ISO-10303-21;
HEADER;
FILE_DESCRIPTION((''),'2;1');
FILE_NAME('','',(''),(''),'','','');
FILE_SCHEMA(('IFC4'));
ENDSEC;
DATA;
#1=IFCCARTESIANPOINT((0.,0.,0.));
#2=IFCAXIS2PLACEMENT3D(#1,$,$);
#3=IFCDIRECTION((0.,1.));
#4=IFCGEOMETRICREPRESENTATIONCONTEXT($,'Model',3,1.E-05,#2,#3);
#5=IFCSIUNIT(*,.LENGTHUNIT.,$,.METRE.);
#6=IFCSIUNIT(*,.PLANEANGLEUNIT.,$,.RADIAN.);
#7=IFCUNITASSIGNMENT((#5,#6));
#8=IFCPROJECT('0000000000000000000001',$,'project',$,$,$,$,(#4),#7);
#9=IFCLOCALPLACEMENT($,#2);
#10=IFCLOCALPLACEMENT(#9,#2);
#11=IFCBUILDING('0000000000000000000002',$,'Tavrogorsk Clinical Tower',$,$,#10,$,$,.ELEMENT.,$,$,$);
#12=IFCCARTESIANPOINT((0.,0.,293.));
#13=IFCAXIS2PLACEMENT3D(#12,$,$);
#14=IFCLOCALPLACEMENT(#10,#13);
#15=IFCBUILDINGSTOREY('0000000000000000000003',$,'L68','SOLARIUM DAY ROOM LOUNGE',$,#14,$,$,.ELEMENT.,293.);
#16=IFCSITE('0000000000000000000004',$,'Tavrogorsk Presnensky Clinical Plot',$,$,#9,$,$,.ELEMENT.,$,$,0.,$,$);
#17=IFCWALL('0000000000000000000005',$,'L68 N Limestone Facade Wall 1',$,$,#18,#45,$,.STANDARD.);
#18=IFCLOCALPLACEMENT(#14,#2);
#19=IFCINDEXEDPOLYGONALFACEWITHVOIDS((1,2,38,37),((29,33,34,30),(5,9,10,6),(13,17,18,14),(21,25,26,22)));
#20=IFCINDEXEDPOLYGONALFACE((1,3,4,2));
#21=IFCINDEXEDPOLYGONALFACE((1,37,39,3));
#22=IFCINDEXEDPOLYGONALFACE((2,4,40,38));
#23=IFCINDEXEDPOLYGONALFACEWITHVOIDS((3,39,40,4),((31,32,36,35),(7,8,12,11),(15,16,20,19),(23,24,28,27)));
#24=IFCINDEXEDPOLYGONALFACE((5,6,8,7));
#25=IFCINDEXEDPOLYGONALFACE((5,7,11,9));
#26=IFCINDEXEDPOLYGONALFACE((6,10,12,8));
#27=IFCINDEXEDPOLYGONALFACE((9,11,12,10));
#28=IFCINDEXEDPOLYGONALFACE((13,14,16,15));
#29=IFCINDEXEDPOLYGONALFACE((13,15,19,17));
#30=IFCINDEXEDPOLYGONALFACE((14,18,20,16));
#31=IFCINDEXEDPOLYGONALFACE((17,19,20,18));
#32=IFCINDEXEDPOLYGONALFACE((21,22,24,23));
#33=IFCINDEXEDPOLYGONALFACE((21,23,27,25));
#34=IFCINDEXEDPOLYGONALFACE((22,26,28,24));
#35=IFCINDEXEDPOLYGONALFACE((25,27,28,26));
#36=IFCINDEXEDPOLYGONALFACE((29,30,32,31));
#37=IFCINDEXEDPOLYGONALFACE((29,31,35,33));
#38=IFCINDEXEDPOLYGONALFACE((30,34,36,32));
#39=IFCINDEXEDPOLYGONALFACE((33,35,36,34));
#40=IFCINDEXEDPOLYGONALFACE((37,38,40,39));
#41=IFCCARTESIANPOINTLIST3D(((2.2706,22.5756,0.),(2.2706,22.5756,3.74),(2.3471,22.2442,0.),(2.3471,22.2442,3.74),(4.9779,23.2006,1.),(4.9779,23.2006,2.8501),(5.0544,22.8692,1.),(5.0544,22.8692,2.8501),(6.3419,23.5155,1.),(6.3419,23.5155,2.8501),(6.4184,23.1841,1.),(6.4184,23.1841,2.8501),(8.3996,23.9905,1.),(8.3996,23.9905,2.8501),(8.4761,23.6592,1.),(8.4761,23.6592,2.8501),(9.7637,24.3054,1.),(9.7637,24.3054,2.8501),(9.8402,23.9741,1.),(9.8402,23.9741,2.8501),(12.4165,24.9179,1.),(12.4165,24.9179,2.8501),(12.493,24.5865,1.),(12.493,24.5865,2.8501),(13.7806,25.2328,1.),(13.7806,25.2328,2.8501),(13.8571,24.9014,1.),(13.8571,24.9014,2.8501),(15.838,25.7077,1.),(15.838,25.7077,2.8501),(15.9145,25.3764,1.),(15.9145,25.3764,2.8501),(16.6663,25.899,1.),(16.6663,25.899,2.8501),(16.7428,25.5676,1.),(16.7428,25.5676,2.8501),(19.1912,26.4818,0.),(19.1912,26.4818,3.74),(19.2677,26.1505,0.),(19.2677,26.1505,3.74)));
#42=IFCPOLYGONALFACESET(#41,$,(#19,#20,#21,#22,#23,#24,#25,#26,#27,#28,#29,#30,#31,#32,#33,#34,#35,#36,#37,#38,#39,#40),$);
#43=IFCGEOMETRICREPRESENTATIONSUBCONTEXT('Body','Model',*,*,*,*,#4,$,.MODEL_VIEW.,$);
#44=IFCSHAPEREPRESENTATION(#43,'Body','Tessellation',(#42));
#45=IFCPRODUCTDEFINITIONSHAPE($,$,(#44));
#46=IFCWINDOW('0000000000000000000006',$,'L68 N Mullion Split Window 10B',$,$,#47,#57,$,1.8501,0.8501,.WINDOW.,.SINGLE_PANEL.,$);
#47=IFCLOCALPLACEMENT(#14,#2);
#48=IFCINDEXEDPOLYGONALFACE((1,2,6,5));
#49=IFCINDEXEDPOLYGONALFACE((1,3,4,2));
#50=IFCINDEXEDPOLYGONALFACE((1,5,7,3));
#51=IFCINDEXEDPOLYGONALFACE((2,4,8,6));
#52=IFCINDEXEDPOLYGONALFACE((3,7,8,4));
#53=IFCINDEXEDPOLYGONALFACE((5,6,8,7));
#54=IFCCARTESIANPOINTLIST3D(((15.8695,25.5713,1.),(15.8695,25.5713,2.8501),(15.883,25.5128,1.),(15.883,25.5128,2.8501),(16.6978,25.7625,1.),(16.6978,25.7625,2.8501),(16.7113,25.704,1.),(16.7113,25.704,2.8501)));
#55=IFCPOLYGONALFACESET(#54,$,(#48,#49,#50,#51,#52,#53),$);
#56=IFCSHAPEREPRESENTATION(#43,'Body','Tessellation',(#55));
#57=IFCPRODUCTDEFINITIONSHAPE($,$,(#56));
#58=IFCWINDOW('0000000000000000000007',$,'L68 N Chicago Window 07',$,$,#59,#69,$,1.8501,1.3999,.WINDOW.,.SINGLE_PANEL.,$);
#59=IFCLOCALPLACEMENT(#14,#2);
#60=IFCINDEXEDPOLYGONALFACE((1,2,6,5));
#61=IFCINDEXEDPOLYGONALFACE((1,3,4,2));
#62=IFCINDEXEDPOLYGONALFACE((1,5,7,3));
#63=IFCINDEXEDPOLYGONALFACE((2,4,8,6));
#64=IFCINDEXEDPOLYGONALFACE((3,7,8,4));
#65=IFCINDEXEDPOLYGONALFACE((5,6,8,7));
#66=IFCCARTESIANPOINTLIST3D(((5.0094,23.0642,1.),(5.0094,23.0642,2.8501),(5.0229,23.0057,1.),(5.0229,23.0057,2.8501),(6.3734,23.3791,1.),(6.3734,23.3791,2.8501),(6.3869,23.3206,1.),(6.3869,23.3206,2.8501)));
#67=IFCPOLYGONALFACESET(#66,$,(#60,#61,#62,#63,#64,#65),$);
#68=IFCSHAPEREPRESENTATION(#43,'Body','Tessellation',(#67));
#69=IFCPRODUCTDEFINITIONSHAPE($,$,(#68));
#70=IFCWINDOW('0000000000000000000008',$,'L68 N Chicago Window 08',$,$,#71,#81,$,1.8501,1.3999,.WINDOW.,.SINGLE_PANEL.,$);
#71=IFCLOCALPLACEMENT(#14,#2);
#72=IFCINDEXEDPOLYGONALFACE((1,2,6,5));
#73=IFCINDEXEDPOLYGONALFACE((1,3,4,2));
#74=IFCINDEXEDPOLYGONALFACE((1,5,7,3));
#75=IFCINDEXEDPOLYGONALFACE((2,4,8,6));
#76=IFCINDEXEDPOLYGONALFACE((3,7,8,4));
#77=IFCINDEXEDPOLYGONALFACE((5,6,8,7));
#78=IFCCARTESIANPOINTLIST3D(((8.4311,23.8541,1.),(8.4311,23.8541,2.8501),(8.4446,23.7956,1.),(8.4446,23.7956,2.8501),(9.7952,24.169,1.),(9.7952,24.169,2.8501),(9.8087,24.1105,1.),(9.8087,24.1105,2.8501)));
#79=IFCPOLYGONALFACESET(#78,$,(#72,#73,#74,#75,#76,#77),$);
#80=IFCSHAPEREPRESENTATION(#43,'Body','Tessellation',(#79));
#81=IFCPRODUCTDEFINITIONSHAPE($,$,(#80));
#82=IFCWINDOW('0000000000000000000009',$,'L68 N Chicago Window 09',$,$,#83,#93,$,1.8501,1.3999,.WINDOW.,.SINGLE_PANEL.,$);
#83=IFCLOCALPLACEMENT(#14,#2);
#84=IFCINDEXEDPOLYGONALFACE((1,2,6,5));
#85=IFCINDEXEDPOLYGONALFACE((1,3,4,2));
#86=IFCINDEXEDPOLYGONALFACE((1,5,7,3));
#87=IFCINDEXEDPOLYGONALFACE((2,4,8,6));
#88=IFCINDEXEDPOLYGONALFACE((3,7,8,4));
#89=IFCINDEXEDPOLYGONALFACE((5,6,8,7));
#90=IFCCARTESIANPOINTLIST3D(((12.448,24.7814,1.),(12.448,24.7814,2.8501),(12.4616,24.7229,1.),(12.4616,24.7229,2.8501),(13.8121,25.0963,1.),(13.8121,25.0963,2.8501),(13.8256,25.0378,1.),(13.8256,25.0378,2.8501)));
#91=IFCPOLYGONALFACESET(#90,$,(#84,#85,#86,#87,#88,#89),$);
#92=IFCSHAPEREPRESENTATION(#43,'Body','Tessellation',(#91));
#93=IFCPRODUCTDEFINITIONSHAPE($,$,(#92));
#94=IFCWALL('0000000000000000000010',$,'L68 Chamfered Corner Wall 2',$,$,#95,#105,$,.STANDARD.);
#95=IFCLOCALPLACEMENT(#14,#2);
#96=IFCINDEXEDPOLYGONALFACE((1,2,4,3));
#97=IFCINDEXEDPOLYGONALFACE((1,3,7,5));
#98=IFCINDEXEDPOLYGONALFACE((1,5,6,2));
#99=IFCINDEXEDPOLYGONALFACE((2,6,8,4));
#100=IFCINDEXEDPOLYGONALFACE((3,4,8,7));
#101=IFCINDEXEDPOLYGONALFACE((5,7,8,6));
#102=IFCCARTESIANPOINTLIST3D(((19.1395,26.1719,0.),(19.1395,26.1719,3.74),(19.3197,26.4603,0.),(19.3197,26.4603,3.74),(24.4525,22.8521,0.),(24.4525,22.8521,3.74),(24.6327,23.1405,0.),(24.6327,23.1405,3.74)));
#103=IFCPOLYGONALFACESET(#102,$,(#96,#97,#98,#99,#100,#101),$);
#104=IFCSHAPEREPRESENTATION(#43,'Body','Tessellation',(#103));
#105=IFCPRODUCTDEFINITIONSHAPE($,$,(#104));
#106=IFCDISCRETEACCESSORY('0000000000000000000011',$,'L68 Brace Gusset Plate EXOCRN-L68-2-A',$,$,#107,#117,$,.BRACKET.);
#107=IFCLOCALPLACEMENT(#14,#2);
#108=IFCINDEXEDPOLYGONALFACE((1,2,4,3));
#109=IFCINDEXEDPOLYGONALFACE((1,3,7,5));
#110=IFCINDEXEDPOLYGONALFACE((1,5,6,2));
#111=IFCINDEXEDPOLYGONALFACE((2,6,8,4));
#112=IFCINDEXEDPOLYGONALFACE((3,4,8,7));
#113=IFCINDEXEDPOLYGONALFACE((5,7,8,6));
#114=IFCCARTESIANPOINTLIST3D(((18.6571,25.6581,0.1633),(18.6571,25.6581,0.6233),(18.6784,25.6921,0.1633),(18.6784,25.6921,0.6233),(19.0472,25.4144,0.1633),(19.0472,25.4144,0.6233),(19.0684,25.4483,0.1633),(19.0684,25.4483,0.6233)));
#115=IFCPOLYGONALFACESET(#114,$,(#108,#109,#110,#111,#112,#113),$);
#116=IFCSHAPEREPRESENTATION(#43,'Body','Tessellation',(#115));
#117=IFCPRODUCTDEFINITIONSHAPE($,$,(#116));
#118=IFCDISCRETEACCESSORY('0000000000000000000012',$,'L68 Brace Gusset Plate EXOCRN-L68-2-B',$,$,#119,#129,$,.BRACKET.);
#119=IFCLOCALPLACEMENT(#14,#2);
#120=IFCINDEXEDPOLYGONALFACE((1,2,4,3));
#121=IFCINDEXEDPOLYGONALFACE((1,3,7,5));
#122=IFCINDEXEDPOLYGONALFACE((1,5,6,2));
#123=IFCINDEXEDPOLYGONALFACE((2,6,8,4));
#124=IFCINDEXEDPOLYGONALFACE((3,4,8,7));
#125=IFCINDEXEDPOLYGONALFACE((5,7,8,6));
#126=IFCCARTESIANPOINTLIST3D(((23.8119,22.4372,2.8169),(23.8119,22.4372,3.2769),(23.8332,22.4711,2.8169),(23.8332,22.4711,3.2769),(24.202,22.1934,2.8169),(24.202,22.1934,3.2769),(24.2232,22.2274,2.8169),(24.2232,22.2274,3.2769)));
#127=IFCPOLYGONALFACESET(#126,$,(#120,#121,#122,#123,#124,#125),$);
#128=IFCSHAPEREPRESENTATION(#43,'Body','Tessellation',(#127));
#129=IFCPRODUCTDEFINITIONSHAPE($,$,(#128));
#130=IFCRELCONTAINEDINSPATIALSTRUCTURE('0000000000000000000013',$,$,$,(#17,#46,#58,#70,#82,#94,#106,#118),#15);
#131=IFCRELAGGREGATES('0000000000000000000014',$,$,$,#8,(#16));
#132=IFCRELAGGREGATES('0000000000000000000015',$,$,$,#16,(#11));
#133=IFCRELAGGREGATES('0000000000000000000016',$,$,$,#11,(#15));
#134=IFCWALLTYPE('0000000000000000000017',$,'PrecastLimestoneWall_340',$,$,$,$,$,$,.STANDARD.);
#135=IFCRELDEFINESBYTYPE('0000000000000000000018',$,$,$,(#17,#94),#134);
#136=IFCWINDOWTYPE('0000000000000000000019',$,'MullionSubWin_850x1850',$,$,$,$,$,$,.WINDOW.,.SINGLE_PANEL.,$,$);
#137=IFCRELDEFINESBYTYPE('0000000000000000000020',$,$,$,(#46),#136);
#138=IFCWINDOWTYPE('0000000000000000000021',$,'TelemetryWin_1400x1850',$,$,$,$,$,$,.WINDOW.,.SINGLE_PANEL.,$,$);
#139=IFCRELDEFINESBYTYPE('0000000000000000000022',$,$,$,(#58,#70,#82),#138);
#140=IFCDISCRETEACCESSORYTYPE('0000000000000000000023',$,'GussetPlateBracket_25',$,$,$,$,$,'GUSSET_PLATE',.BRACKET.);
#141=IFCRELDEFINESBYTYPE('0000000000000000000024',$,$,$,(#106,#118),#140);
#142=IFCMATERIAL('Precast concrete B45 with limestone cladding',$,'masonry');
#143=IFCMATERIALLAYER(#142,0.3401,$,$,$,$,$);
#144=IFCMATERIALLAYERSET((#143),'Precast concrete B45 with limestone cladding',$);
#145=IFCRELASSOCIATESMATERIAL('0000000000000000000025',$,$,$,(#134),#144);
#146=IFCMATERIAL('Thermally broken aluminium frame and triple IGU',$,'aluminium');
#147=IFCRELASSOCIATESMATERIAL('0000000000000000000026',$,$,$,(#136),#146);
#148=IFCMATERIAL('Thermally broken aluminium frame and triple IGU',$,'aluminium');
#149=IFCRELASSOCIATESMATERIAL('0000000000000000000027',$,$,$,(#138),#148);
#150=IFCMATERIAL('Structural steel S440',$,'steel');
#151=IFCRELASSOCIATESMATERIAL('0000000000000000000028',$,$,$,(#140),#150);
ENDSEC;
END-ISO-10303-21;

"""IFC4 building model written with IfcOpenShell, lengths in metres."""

from ifc_helpers import new_model, si_unit, direction, frame, frame_2d, origin, origin_2d, place, context, subcontext, project, spatial, rectangle, extrude, material, layer, layer_set, type_object, element, fill, save


model = new_model("IFC4")

# Units and contexts
model_context = context("Model", 3, precision=1e-05, world=origin(), true_north=direction((0.0, 1.0)))
body_context = subcontext(model_context, "Body", "Model", "MODEL_VIEW")
ifc_project = project(units=[si_unit("LENGTHUNIT", "METRE"), si_unit("PLANEANGLEUNIT", "RADIAN")], contexts=[model_context])

# Site, building, storey
site_placement = place(None, origin())
site = spatial("IfcSite", under=ifc_project, at=site_placement, Name="Tavrogorsk Presnensky Clinical Plot", CompositionType="ELEMENT", RefElevation=0.0)
building_placement = place(site_placement, origin())
building = spatial("IfcBuilding", under=site, at=building_placement, Name="Tavrogorsk Clinical Tower", CompositionType="ELEMENT")
storey_placement = place(building_placement, frame((0.0, 0.0, 293.0)))
storey = spatial("IfcBuildingStorey", under=building, at=storey_placement, Name="L68", Description="SOLARIUM DAY ROOM LOUNGE", CompositionType="ELEMENT", Elevation=293.0)

# Wall, openings, windows
ifc_material_1 = material(Name="Precast concrete B45 with limestone cladding", Category="masonry")
ifc_layer_1 = layer(ifc_material_1, 0.3401)
ifc_layer_set_1 = layer_set([ifc_layer_1], Name="Precast concrete B45 with limestone cladding")
wall_type_1 = type_object("IfcWallType", Name="PrecastLimestoneWall_340", PredefinedType="STANDARD", material=ifc_layer_set_1)
wall_1_placement = place(storey_placement, frame((19.2295, 26.3162, 0.0), z_axis=(0.0, 0.0, 1.0), x_axis=(-0.974372, -0.224941, 0.0)))
wall_1 = element("IfcWall", 1, at=wall_1_placement, inside=storey, type_object=wall_type_1, Name="L68 N Limestone Facade Wall 1", PredefinedType="STANDARD", context=body_context, shape_type="SweptSolid", body=[
    extrude(rectangle(XDim=17.3657, YDim=0.3401, at=frame_2d((8.6829, 0.0))), origin(), (0.0, 0.0, 1.0), 3.74),
])
opening_1_placement = place(wall_1_placement, frame((13.1873, 0.0, 1.0)))
opening_1 = element("IfcOpeningElement", 2, at=opening_1_placement, cuts=wall_1, PredefinedType="OPENING", context=body_context, shape_type="SweptSolid", body=[
    extrude(rectangle(XDim=1.3999, YDim=1.8501, at=frame_2d((0.7, 0.925))), frame((0.0, 0.1799, 0.0), z_axis=(0.0, -1.0, 0.0), x_axis=(1.0, 0.0, 0.0)), (0.0, 0.0, 1.0), 0.3601),
])
opening_2_placement = place(wall_1_placement, frame((9.6755, 0.0, 1.0)))
opening_2 = element("IfcOpeningElement", 3, at=opening_2_placement, cuts=wall_1, PredefinedType="OPENING", context=body_context, shape_type="SweptSolid", body=[
    extrude(rectangle(XDim=1.3999, YDim=1.8501, at=frame_2d((0.7, 0.925))), frame((0.0, 0.1799, 0.0), z_axis=(0.0, -1.0, 0.0), x_axis=(1.0, 0.0, 0.0)), (0.0, 0.0, 1.0), 0.3601),
])
opening_3_placement = place(wall_1_placement, frame((5.553, 0.0, 1.0)))
opening_3 = element("IfcOpeningElement", 4, at=opening_3_placement, cuts=wall_1, PredefinedType="OPENING", context=body_context, shape_type="SweptSolid", body=[
    extrude(rectangle(XDim=1.3999, YDim=1.8501, at=frame_2d((0.7, 0.925))), frame((0.0, 0.1799, 0.0), z_axis=(0.0, -1.0, 0.0), x_axis=(1.0, 0.0, 0.0)), (0.0, 0.0, 1.0), 0.3601),
])
opening_4_placement = place(wall_1_placement, frame((2.5913, 0.0, 1.0)))
opening_4 = element("IfcOpeningElement", 5, at=opening_4_placement, cuts=wall_1, PredefinedType="OPENING", context=body_context, shape_type="SweptSolid", body=[
    extrude(rectangle(XDim=0.8501, YDim=1.8501, at=frame_2d((0.425, 0.925))), frame((0.0, 0.1799, 0.0), z_axis=(0.0, -1.0, 0.0), x_axis=(1.0, 0.0, 0.0)), (0.0, 0.0, 1.0), 0.3601),
])
ifc_material_2 = material(Name="Thermally broken aluminium frame and triple IGU", Category="aluminium")
window_type_1 = type_object("IfcWindowType", Name="MullionSubWin_850x1850", PartitioningType="SINGLE_PANEL", PredefinedType="WINDOW", material=ifc_material_2)
window_1_placement = place(opening_4_placement, origin())
window_1 = element("IfcWindow", 6, at=window_1_placement, inside=storey, type_object=window_type_1, Name="L68 N Mullion Split Window 10B", OverallHeight=1.8501, OverallWidth=0.8501, PartitioningType="SINGLE_PANEL", PredefinedType="WINDOW", context=body_context, shape_type="SweptSolid", body=[
    extrude(rectangle(XDim=0.8501, YDim=1.8501, at=frame_2d((0.425, 0.925))), frame((0.0, 0.03, 0.0), z_axis=(0.0, -1.0, 0.0), x_axis=(1.0, 0.0, 0.0)), (0.0, 0.0, 1.0), 0.0601),
])
fill(opening_4, window_1)
ifc_material_3 = material(Name="Thermally broken aluminium frame and triple IGU", Category="aluminium")
window_type_2 = type_object("IfcWindowType", Name="TelemetryWin_1400x1850", PartitioningType="SINGLE_PANEL", PredefinedType="WINDOW", material=ifc_material_3)
window_2_placement = place(opening_1_placement, origin())
window_2 = element("IfcWindow", 7, at=window_2_placement, inside=storey, type_object=window_type_2, Name="L68 N Chicago Window 07", OverallHeight=1.8501, OverallWidth=1.3999, PartitioningType="SINGLE_PANEL", PredefinedType="WINDOW", context=body_context, shape_type="SweptSolid", body=[
    extrude(rectangle(XDim=1.3999, YDim=1.8501, at=frame_2d((0.7, 0.925))), frame((0.0, 0.03, 0.0), z_axis=(0.0, -1.0, 0.0), x_axis=(1.0, 0.0, 0.0)), (0.0, 0.0, 1.0), 0.0601),
])
fill(opening_1, window_2)
window_3_placement = place(opening_2_placement, origin())
window_3 = element("IfcWindow", 8, at=window_3_placement, inside=storey, type_object=window_type_2, Name="L68 N Chicago Window 08", OverallHeight=1.8501, OverallWidth=1.3999, PartitioningType="SINGLE_PANEL", PredefinedType="WINDOW", context=body_context, shape_type="SweptSolid", body=[
    extrude(rectangle(XDim=1.3999, YDim=1.8501, at=frame_2d((0.7, 0.925))), frame((0.0, 0.03, 0.0), z_axis=(0.0, -1.0, 0.0), x_axis=(1.0, 0.0, 0.0)), (0.0, 0.0, 1.0), 0.0601),
])
fill(opening_2, window_3)
window_4_placement = place(opening_3_placement, origin())
window_4 = element("IfcWindow", 9, at=window_4_placement, inside=storey, type_object=window_type_2, Name="L68 N Chicago Window 09", OverallHeight=1.8501, OverallWidth=1.3999, PartitioningType="SINGLE_PANEL", PredefinedType="WINDOW", context=body_context, shape_type="SweptSolid", body=[
    extrude(rectangle(XDim=1.3999, YDim=1.8501, at=frame_2d((0.7, 0.925))), frame((0.0, 0.03, 0.0), z_axis=(0.0, -1.0, 0.0), x_axis=(1.0, 0.0, 0.0)), (0.0, 0.0, 1.0), 0.0601),
])
fill(opening_3, window_4)

# Wall
wall_2_placement = place(storey_placement, frame((24.5425, 22.9963, 0.0), z_axis=(0.0, 0.0, 1.0), x_axis=(-0.848055, 0.529908, 0.0)))
element("IfcWall", 10, at=wall_2_placement, inside=storey, type_object=wall_type_1, Name="L68 Chamfered Corner Wall 2", PredefinedType="STANDARD", context=body_context, shape_type="SweptSolid", body=[
    extrude(rectangle(XDim=6.2649, YDim=0.3401, at=frame_2d((3.1323, 0.0))), origin(), (0.0, 0.0, 1.0), 3.74),
])

# Discrete accessories
ifc_material_4 = material(Name="Structural steel S440", Category="steel")
discrete_accessory_type = type_object("IfcDiscreteAccessoryType", Name="GussetPlateBracket_25", ElementType="GUSSET_PLATE", PredefinedType="BRACKET", material=ifc_material_4)
for number, where, z_axis, x_axis, name in (
    (11, (18.8628, 25.5532, 0.1633), (0.0, 0.0, 1.0), (0.848048, -0.529919, 0.0), "L68 Brace Gusset Plate EXOCRN-L68-2-A"),
    (12, (24.0176, 22.3323, 2.8169), (0.0, 0.0, 1.0), (0.848048, -0.529919, 0.0), "L68 Brace Gusset Plate EXOCRN-L68-2-B"),
):
    element("IfcDiscreteAccessory", number, at=place(storey_placement, frame(where, z_axis=z_axis, x_axis=x_axis)), inside=storey, type_object=discrete_accessory_type, Name=name, PredefinedType="BRACKET", context=body_context, shape_type="SweptSolid", body=[
        extrude(rectangle(XDim=0.46, YDim=0.04, at=origin_2d()), origin(), (0.0, 0.0, 1.0), 0.46),
    ])

save(model, "model.ifc")
